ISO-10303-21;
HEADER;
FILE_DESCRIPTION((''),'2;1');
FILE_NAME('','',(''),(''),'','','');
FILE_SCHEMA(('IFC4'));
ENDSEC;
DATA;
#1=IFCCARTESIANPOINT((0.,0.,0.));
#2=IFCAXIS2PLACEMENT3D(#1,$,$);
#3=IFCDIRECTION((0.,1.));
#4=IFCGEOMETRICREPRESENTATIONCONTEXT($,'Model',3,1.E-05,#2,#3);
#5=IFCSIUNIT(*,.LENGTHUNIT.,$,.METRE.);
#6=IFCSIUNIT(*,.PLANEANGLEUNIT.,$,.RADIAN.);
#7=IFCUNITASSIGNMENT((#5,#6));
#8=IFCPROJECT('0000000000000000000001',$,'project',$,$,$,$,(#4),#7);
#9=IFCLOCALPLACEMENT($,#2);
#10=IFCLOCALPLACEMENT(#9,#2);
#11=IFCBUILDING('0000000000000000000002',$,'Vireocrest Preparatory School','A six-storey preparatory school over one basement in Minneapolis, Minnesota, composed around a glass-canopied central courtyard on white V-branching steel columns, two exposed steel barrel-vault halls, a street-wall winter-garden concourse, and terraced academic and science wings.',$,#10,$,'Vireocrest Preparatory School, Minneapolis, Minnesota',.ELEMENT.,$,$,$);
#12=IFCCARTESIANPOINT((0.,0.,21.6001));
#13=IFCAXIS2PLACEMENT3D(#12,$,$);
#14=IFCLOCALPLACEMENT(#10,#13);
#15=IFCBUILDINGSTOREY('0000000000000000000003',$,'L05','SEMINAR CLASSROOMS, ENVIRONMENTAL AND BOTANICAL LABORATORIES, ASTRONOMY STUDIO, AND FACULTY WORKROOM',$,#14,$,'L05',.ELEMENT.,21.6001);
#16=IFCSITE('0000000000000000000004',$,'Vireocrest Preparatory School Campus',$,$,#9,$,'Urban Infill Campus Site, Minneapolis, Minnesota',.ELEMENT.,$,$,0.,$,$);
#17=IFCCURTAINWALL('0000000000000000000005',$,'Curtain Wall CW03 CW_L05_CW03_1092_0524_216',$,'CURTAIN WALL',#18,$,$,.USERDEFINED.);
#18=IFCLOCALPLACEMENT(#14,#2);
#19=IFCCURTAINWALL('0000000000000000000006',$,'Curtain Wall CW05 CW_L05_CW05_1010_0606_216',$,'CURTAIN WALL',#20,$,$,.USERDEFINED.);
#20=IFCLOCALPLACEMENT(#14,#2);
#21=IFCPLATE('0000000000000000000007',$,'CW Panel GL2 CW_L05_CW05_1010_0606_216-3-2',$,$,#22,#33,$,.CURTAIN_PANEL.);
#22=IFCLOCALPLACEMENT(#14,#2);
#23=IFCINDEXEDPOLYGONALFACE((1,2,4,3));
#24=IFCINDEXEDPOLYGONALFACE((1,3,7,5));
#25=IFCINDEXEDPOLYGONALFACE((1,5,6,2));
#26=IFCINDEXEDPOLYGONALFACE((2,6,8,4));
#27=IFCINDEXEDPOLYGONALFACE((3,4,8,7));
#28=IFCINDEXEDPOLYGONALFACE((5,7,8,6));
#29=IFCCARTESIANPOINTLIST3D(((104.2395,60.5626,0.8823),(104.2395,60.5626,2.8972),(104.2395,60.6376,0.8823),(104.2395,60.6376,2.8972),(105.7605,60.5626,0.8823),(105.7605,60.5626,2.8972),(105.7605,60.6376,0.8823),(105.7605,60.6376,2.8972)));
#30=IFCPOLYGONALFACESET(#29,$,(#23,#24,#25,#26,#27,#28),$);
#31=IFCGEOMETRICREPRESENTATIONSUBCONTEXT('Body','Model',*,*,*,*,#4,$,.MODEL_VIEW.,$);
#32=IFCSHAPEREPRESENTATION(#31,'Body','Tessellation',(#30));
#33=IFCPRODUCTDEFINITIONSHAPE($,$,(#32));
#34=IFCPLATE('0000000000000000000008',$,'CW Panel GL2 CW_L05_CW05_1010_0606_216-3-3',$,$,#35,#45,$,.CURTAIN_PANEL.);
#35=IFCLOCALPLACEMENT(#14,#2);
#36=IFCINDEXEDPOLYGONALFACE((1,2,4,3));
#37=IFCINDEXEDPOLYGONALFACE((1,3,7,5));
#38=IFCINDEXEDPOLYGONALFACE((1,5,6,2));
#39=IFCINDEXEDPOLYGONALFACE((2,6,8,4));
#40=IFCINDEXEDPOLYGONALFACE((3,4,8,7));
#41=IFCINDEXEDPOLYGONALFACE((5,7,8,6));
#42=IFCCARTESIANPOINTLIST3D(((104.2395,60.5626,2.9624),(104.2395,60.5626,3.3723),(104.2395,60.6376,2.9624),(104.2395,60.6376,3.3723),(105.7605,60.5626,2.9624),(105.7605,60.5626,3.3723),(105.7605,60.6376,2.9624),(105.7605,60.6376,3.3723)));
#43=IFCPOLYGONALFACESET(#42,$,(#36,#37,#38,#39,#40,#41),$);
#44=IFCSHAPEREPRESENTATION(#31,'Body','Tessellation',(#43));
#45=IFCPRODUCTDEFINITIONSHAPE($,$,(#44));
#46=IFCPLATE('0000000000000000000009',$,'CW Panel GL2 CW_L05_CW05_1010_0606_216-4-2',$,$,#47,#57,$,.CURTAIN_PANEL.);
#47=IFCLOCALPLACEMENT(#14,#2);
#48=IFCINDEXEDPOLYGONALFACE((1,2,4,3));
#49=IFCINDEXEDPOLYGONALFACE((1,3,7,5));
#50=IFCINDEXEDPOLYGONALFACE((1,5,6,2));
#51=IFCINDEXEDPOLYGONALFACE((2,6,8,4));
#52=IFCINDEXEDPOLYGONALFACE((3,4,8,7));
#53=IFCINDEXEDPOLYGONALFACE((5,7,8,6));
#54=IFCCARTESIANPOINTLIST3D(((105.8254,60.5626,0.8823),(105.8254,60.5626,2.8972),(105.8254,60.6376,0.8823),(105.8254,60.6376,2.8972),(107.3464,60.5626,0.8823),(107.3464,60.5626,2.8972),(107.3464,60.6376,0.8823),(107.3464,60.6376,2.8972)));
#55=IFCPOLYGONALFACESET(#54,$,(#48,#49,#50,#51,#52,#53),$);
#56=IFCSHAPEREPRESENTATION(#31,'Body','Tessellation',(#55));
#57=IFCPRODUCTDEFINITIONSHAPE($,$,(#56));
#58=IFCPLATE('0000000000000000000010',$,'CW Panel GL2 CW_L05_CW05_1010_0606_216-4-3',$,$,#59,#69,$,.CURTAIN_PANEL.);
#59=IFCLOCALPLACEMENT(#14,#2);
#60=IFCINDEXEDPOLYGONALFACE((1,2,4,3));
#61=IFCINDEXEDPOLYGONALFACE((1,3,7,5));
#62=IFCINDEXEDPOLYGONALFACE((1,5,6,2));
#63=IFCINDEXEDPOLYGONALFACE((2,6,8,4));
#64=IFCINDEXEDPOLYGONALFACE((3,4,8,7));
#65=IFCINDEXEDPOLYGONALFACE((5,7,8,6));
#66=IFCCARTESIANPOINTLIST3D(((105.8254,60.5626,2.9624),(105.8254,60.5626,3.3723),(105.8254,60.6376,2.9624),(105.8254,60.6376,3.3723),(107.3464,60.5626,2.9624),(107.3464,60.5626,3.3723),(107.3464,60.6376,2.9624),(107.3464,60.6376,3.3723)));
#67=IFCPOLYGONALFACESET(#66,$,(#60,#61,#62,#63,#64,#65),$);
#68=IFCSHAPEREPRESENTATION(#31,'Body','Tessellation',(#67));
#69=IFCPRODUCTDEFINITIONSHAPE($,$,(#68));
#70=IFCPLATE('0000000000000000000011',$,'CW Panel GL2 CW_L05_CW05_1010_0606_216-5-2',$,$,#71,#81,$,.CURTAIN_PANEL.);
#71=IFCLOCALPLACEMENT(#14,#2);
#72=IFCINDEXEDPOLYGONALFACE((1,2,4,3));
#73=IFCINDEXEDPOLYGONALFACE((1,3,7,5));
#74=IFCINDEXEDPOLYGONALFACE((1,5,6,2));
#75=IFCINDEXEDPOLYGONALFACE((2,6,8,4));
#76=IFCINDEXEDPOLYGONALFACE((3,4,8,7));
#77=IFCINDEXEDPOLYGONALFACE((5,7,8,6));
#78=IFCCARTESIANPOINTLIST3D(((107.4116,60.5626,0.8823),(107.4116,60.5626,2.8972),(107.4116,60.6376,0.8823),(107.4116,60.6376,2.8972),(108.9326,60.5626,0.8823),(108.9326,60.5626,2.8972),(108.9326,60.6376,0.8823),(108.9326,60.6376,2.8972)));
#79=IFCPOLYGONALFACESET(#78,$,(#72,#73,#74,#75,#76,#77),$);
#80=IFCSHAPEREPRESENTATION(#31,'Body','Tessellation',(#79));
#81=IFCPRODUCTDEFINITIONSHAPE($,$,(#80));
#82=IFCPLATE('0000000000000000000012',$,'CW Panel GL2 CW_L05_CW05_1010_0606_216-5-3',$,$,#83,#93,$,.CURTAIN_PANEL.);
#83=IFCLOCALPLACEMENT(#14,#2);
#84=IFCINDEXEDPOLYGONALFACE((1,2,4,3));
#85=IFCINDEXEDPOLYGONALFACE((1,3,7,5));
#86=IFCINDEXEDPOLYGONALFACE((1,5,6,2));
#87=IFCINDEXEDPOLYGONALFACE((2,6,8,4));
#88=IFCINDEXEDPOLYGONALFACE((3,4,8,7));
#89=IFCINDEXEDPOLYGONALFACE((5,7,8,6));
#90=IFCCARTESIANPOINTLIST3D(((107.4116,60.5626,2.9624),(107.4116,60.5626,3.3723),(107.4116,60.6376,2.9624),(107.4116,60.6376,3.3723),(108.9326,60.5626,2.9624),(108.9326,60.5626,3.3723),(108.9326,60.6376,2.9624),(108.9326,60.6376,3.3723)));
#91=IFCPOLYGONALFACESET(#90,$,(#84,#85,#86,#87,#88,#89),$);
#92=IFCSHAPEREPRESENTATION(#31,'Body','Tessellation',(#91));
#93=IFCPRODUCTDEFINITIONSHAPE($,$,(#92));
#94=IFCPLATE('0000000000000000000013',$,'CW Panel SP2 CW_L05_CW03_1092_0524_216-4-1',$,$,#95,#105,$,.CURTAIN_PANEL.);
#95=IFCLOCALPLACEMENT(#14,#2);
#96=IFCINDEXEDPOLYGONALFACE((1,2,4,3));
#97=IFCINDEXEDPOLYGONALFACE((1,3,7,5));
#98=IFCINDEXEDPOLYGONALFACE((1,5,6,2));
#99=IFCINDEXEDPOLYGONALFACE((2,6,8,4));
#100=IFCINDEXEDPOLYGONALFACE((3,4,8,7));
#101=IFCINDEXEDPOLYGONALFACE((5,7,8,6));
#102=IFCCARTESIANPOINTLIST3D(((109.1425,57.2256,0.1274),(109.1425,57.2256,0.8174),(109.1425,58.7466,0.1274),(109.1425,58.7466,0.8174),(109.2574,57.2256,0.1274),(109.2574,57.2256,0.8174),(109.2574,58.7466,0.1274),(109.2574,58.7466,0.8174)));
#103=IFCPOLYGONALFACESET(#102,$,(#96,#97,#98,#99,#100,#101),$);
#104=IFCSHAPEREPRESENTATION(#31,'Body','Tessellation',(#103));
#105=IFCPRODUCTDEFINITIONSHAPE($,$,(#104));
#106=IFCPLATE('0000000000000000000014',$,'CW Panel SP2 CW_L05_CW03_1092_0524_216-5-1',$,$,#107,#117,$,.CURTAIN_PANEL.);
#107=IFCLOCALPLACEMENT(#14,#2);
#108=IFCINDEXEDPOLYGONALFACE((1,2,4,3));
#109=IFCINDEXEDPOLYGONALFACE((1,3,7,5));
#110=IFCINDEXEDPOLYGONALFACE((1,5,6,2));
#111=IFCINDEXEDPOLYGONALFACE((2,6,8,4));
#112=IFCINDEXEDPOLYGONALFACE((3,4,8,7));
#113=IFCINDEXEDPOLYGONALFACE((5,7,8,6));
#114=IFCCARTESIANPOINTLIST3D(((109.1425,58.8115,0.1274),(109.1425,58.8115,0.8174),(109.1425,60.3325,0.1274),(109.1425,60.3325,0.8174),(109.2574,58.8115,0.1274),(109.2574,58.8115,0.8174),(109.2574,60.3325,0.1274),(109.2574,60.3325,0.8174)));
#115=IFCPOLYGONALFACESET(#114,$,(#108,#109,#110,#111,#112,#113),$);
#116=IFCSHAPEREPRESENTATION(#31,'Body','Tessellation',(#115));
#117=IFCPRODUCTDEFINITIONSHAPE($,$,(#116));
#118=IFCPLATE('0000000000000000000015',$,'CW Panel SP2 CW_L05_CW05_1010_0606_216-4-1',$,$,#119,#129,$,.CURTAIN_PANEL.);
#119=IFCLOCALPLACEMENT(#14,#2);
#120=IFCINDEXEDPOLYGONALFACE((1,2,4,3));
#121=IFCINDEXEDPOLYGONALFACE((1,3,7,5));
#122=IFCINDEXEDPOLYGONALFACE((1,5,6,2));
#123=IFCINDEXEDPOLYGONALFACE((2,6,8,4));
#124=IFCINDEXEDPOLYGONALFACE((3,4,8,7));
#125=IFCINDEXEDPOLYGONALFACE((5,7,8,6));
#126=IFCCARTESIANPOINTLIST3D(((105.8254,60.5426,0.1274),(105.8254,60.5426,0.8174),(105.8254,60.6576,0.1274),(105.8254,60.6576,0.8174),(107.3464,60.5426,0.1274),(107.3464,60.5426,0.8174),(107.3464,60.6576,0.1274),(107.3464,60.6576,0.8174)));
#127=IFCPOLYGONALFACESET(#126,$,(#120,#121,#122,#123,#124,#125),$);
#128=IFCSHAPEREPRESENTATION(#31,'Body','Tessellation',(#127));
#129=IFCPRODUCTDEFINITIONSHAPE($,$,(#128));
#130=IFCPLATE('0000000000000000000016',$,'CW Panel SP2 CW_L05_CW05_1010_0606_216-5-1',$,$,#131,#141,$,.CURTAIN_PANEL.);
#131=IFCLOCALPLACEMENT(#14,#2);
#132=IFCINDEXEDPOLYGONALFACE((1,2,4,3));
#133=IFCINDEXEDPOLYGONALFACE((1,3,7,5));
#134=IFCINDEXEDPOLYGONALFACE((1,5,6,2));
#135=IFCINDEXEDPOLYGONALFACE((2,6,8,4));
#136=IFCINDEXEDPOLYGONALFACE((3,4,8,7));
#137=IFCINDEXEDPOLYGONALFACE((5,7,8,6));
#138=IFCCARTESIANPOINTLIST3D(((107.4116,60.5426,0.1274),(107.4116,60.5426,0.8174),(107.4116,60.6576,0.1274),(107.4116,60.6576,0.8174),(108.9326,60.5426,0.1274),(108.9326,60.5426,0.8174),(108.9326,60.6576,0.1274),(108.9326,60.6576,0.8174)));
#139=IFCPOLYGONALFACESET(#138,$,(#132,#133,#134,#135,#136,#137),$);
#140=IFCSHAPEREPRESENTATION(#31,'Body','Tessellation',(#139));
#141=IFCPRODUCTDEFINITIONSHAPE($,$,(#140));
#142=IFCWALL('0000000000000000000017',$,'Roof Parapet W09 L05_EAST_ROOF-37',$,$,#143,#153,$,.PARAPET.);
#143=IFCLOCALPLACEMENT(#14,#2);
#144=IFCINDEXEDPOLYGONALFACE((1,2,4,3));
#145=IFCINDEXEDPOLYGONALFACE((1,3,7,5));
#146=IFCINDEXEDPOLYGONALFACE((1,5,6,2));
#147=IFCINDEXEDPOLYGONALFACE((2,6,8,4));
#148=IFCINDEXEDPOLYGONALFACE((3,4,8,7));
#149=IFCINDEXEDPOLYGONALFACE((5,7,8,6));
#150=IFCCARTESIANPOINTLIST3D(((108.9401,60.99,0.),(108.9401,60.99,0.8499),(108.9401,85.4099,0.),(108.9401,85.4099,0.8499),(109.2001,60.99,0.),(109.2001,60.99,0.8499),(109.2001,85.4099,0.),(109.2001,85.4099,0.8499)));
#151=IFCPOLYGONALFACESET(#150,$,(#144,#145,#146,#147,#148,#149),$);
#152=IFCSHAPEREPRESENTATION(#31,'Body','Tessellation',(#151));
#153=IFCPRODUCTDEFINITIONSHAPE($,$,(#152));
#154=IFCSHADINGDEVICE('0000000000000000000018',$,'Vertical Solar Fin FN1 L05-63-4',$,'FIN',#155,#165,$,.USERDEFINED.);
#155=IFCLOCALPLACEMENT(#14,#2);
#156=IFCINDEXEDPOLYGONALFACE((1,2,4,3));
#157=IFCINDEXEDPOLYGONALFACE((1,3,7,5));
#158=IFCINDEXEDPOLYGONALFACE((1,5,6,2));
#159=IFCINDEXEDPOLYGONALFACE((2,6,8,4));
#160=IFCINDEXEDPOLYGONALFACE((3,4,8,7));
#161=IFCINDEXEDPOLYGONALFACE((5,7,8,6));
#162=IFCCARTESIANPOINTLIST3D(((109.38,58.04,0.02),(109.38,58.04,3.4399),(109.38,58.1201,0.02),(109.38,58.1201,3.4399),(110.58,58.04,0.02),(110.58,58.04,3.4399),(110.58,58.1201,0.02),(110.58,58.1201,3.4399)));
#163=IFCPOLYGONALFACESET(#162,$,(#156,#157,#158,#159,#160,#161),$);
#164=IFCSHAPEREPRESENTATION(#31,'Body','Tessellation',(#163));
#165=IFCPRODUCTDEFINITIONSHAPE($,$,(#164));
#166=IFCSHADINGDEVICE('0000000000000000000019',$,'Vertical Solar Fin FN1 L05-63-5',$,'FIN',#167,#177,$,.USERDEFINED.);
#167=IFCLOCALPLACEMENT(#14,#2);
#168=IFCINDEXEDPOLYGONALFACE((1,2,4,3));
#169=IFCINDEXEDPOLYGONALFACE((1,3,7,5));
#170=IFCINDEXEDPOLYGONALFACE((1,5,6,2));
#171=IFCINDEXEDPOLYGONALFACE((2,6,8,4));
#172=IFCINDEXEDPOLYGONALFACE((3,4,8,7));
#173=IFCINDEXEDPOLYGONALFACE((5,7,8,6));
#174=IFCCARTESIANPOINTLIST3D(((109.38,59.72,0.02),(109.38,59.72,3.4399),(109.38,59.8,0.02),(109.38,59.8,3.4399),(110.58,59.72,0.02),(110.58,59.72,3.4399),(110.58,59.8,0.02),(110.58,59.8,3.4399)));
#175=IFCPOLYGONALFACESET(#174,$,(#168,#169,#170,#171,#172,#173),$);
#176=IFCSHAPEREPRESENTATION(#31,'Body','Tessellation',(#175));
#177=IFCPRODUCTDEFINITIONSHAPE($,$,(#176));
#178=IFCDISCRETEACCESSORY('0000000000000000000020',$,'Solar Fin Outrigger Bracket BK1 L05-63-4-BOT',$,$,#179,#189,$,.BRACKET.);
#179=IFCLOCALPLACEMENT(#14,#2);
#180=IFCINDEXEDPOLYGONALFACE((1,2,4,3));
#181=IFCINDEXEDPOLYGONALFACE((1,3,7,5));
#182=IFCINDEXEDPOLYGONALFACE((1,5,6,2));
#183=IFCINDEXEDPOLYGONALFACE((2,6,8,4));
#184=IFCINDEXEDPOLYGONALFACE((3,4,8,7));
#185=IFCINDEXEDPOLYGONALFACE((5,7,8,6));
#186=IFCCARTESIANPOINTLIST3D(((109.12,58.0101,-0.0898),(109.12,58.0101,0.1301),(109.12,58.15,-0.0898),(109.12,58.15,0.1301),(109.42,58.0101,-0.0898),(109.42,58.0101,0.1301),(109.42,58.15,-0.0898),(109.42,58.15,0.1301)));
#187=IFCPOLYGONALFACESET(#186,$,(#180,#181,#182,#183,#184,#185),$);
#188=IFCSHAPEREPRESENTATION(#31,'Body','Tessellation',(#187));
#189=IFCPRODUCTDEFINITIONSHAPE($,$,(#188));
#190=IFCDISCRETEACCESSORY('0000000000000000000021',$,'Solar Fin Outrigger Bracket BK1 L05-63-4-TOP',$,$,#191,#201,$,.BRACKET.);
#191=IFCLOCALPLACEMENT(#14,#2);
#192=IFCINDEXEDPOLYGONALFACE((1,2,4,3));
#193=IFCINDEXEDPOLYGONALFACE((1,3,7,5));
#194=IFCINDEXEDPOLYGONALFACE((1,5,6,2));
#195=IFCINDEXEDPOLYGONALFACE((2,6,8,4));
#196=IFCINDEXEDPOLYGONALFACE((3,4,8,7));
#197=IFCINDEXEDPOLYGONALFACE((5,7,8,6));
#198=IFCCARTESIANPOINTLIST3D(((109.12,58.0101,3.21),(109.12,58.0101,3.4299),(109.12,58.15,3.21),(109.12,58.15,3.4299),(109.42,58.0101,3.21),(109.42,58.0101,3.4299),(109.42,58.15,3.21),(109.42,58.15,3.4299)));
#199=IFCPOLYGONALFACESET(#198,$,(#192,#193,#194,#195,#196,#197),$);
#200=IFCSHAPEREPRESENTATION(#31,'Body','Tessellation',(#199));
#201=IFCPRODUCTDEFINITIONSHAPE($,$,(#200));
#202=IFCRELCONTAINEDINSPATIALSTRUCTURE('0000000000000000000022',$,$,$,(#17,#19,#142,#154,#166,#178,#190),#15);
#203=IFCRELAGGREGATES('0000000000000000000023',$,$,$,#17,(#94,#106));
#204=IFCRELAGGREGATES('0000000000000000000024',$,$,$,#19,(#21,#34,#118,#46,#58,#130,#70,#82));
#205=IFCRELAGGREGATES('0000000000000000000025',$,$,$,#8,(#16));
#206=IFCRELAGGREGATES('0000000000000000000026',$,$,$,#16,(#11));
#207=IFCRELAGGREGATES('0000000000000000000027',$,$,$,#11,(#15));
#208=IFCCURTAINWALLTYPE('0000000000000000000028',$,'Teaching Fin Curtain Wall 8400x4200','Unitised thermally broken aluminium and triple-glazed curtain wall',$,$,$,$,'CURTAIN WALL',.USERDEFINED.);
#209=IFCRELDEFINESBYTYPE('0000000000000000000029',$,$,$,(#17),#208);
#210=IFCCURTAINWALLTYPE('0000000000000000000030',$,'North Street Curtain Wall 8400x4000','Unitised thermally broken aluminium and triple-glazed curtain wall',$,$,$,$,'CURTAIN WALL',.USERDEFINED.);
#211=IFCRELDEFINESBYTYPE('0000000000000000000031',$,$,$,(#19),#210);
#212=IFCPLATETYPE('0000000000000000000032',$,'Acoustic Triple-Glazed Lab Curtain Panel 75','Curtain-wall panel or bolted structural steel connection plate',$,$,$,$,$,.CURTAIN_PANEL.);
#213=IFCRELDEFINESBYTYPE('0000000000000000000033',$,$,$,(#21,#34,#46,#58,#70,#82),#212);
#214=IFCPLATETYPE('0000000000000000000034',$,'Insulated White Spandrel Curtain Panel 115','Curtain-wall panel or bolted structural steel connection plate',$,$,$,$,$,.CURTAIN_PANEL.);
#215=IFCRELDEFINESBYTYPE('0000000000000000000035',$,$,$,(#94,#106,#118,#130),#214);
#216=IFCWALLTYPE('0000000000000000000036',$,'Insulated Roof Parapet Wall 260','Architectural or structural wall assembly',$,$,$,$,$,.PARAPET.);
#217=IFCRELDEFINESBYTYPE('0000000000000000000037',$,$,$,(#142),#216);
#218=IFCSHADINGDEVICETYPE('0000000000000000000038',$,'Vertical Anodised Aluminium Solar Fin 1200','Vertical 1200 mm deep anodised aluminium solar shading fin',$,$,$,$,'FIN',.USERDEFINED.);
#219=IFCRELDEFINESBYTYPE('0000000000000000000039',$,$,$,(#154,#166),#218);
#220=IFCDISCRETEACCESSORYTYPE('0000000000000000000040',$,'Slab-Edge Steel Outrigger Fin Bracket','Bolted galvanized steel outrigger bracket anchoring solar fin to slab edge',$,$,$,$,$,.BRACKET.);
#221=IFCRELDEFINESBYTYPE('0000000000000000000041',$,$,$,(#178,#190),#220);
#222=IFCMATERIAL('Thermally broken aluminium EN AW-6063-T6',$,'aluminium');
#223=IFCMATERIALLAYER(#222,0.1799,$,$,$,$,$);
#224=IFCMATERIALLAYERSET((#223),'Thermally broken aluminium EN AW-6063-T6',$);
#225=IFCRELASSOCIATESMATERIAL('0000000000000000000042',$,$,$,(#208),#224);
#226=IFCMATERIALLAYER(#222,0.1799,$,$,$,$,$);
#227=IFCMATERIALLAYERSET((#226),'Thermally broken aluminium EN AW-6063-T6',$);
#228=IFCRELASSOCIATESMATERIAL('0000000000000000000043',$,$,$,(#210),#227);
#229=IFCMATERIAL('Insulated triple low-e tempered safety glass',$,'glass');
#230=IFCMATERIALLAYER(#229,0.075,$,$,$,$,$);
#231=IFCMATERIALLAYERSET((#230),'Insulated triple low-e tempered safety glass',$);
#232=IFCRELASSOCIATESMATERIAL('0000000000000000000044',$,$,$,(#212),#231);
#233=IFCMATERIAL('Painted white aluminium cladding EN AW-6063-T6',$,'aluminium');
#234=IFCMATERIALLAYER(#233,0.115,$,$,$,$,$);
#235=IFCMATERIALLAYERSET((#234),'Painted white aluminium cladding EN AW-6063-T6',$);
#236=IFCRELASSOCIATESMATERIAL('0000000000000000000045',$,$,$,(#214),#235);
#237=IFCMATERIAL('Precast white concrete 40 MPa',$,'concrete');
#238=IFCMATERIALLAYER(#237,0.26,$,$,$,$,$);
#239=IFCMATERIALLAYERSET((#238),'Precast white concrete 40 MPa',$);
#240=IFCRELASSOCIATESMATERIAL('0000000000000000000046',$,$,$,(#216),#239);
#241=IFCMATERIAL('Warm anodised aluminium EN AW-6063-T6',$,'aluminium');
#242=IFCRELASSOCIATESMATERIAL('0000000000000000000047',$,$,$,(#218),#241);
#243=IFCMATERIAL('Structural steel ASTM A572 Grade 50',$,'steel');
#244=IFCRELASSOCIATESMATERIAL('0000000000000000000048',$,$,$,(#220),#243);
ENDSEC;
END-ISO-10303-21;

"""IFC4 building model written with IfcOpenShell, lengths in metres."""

from ifc_helpers import new_model, si_unit, direction, frame, frame_2d, origin, origin_2d, place, context, subcontext, project, spatial, rectangle, extrude, material, layer, layer_set, material_profile, profile_set, type_object, element, aggregate, save


model = new_model("IFC4")

# Units and contexts
model_context = context("Model", 3, precision=1e-05, world=origin(), true_north=direction((0.0, 1.0)))
body_context = subcontext(model_context, "Body", "Model", "MODEL_VIEW")
ifc_project = project(units=[si_unit("LENGTHUNIT", "METRE"), si_unit("PLANEANGLEUNIT", "RADIAN")], contexts=[model_context])

# Site, building, storey
site_placement = place(None, origin())
site = spatial("IfcSite", under=ifc_project, at=site_placement, Name="Vireocrest Preparatory School Campus", LongName="Urban Infill Campus Site, Minneapolis, Minnesota", CompositionType="ELEMENT", RefElevation=0.0)
building_placement = place(site_placement, origin())
building = spatial("IfcBuilding", under=site, at=building_placement, Name="Vireocrest Preparatory School", Description="A six-storey preparatory school over one basement in Minneapolis, Minnesota, composed around a glass-canopied central courtyard on white V-branching steel columns, two exposed steel barrel-vault halls, a street-wall winter-garden concourse, and terraced academic and science wings.", LongName="Vireocrest Preparatory School, Minneapolis, Minnesota", CompositionType="ELEMENT")
storey_placement = place(building_placement, frame((0.0, 0.0, 21.6001)))
storey = spatial("IfcBuildingStorey", under=building, at=storey_placement, Name="L05", Description="SEMINAR CLASSROOMS, ENVIRONMENTAL AND BOTANICAL LABORATORIES, ASTRONOMY STUDIO, AND FACULTY WORKROOM", LongName="L05", CompositionType="ELEMENT", Elevation=21.6001)

# Curtain walls
ifc_material_1 = material(Name="Thermally broken aluminium EN AW-6063-T6", Category="aluminium")
ifc_layer_1 = layer(ifc_material_1, 0.1799)
ifc_layer_set_1 = layer_set([ifc_layer_1], Name="Thermally broken aluminium EN AW-6063-T6")
curtain_wall_type_1 = type_object("IfcCurtainWallType", Name="Teaching Fin Curtain Wall 8400x4200", Description="Unitised thermally broken aluminium and triple-glazed curtain wall", ElementType="CURTAIN WALL", PredefinedType="USERDEFINED", material=ifc_layer_set_1)
curtain_wall_1_placement = place(storey_placement, origin())
curtain_wall_1 = element("IfcCurtainWall", 1, at=curtain_wall_1_placement, inside=storey, type_object=curtain_wall_type_1, Name="Curtain Wall CW03 CW_L05_CW03_1092_0524_216", ObjectType="CURTAIN WALL", PredefinedType="USERDEFINED")
ifc_layer_2 = layer(ifc_material_1, 0.1799)
ifc_layer_set_2 = layer_set([ifc_layer_2], Name="Thermally broken aluminium EN AW-6063-T6")
curtain_wall_type_2 = type_object("IfcCurtainWallType", Name="North Street Curtain Wall 8400x4000", Description="Unitised thermally broken aluminium and triple-glazed curtain wall", ElementType="CURTAIN WALL", PredefinedType="USERDEFINED", material=ifc_layer_set_2)
curtain_wall_2_placement = place(storey_placement, origin())
curtain_wall_2 = element("IfcCurtainWall", 2, at=curtain_wall_2_placement, inside=storey, type_object=curtain_wall_type_2, Name="Curtain Wall CW05 CW_L05_CW05_1010_0606_216", ObjectType="CURTAIN WALL", PredefinedType="USERDEFINED")

# Plates
ifc_material_2 = material(Name="Insulated triple low-e tempered safety glass", Category="glass")
ifc_layer_3 = layer(ifc_material_2, 0.075)
ifc_layer_set_3 = layer_set([ifc_layer_3], Name="Insulated triple low-e tempered safety glass")
plate_type_1 = type_object("IfcPlateType", Name="Acoustic Triple-Glazed Lab Curtain Panel 75", Description="Curtain-wall panel or bolted structural steel connection plate", PredefinedType="CURTAIN_PANEL", material=ifc_layer_set_3)
plate_1_placement = place(storey_placement, frame((105.0, 60.6001, 0.8823), z_axis=(0.0, 0.0, 1.0), x_axis=(1.0, 0.0, 0.0)))
plate_1 = element("IfcPlate", 3, at=plate_1_placement, type_object=plate_type_1, Name="CW Panel GL2 CW_L05_CW05_1010_0606_216-3-2", PredefinedType="CURTAIN_PANEL", context=body_context, shape_type="SweptSolid", body=[
    extrude(rectangle(XDim=1.521, YDim=0.075, at=origin_2d()), origin(), (0.0, 0.0, 1.0), 2.0149),
])
plate_2_placement = place(storey_placement, frame((105.0, 60.6001, 2.9624), z_axis=(0.0, 0.0, 1.0), x_axis=(1.0, 0.0, 0.0)))
plate_2 = element("IfcPlate", 4, at=plate_2_placement, type_object=plate_type_1, Name="CW Panel GL2 CW_L05_CW05_1010_0606_216-3-3", PredefinedType="CURTAIN_PANEL", context=body_context, shape_type="SweptSolid", body=[
    extrude(rectangle(XDim=1.521, YDim=0.075, at=origin_2d()), origin(), (0.0, 0.0, 1.0), 0.4099),
])
plate_3_placement = place(storey_placement, frame((106.5859, 60.6001, 0.8823), z_axis=(0.0, 0.0, 1.0), x_axis=(1.0, 0.0, 0.0)))
plate_3 = element("IfcPlate", 5, at=plate_3_placement, type_object=plate_type_1, Name="CW Panel GL2 CW_L05_CW05_1010_0606_216-4-2", PredefinedType="CURTAIN_PANEL", context=body_context, shape_type="SweptSolid", body=[
    extrude(rectangle(XDim=1.521, YDim=0.075, at=origin_2d()), origin(), (0.0, 0.0, 1.0), 2.0149),
])
plate_4_placement = place(storey_placement, frame((106.5859, 60.6001, 2.9624), z_axis=(0.0, 0.0, 1.0), x_axis=(1.0, 0.0, 0.0)))
plate_4 = element("IfcPlate", 6, at=plate_4_placement, type_object=plate_type_1, Name="CW Panel GL2 CW_L05_CW05_1010_0606_216-4-3", PredefinedType="CURTAIN_PANEL", context=body_context, shape_type="SweptSolid", body=[
    extrude(rectangle(XDim=1.521, YDim=0.075, at=origin_2d()), origin(), (0.0, 0.0, 1.0), 0.4099),
])
plate_5_placement = place(storey_placement, frame((108.1721, 60.6001, 0.8823), z_axis=(0.0, 0.0, 1.0), x_axis=(1.0, 0.0, 0.0)))
plate_5 = element("IfcPlate", 7, at=plate_5_placement, type_object=plate_type_1, Name="CW Panel GL2 CW_L05_CW05_1010_0606_216-5-2", PredefinedType="CURTAIN_PANEL", context=body_context, shape_type="SweptSolid", body=[
    extrude(rectangle(XDim=1.521, YDim=0.075, at=origin_2d()), origin(), (0.0, 0.0, 1.0), 2.0149),
])
plate_6_placement = place(storey_placement, frame((108.1721, 60.6001, 2.9624), z_axis=(0.0, 0.0, 1.0), x_axis=(1.0, 0.0, 0.0)))
plate_6 = element("IfcPlate", 8, at=plate_6_placement, type_object=plate_type_1, Name="CW Panel GL2 CW_L05_CW05_1010_0606_216-5-3", PredefinedType="CURTAIN_PANEL", context=body_context, shape_type="SweptSolid", body=[
    extrude(rectangle(XDim=1.521, YDim=0.075, at=origin_2d()), origin(), (0.0, 0.0, 1.0), 0.4099),
])
ifc_material_3 = material(Name="Painted white aluminium cladding EN AW-6063-T6", Category="aluminium")
ifc_layer_4 = layer(ifc_material_3, 0.115)
ifc_layer_set_4 = layer_set([ifc_layer_4], Name="Painted white aluminium cladding EN AW-6063-T6")
plate_type_2 = type_object("IfcPlateType", Name="Insulated White Spandrel Curtain Panel 115", Description="Curtain-wall panel or bolted structural steel connection plate", PredefinedType="CURTAIN_PANEL", material=ifc_layer_set_4)
plate_7_placement = place(storey_placement, frame((109.2, 57.9861, 0.1274), z_axis=(0.0, 0.0, 1.0), x_axis=(0.0, 1.0, 0.0)))
plate_7 = element("IfcPlate", 9, at=plate_7_placement, type_object=plate_type_2, Name="CW Panel SP2 CW_L05_CW03_1092_0524_216-4-1", PredefinedType="CURTAIN_PANEL", context=body_context, shape_type="SweptSolid", body=[
    extrude(rectangle(XDim=1.521, YDim=0.115, at=origin_2d()), origin(), (0.0, 0.0, 1.0), 0.6899),
])
plate_8_placement = place(storey_placement, frame((109.2, 59.572, 0.1274), z_axis=(0.0, 0.0, 1.0), x_axis=(0.0, 1.0, 0.0)))
plate_8 = element("IfcPlate", 10, at=plate_8_placement, type_object=plate_type_2, Name="CW Panel SP2 CW_L05_CW03_1092_0524_216-5-1", PredefinedType="CURTAIN_PANEL", context=body_context, shape_type="SweptSolid", body=[
    extrude(rectangle(XDim=1.521, YDim=0.115, at=origin_2d()), origin(), (0.0, 0.0, 1.0), 0.6899),
])
aggregate(curtain_wall_1, [plate_7, plate_8])
plate_9_placement = place(storey_placement, frame((106.5859, 60.6001, 0.1274), z_axis=(0.0, 0.0, 1.0), x_axis=(1.0, 0.0, 0.0)))
plate_9 = element("IfcPlate", 11, at=plate_9_placement, type_object=plate_type_2, Name="CW Panel SP2 CW_L05_CW05_1010_0606_216-4-1", PredefinedType="CURTAIN_PANEL", context=body_context, shape_type="SweptSolid", body=[
    extrude(rectangle(XDim=1.521, YDim=0.115, at=origin_2d()), origin(), (0.0, 0.0, 1.0), 0.6899),
])
plate_10_placement = place(storey_placement, frame((108.1721, 60.6001, 0.1274), z_axis=(0.0, 0.0, 1.0), x_axis=(1.0, 0.0, 0.0)))
plate_10 = element("IfcPlate", 12, at=plate_10_placement, type_object=plate_type_2, Name="CW Panel SP2 CW_L05_CW05_1010_0606_216-5-1", PredefinedType="CURTAIN_PANEL", context=body_context, shape_type="SweptSolid", body=[
    extrude(rectangle(XDim=1.521, YDim=0.115, at=origin_2d()), origin(), (0.0, 0.0, 1.0), 0.6899),
])
aggregate(curtain_wall_2, [plate_1, plate_2, plate_9, plate_3, plate_4, plate_10, plate_5, plate_6])

# Wall
ifc_material_4 = material(Name="Precast white concrete 40 MPa", Category="concrete")
ifc_layer_5 = layer(ifc_material_4, 0.26)
ifc_layer_set_5 = layer_set([ifc_layer_5], Name="Precast white concrete 40 MPa")
wall_type = type_object("IfcWallType", Name="Insulated Roof Parapet Wall 260", Description="Architectural or structural wall assembly", PredefinedType="PARAPET", material=ifc_layer_set_5)
wall_placement = place(storey_placement, frame((109.0701, 60.99, 0.0), z_axis=(0.0, 0.0, 1.0), x_axis=(0.0, 1.0, 0.0)))
element("IfcWall", 13, at=wall_placement, inside=storey, type_object=wall_type, Name="Roof Parapet W09 L05_EAST_ROOF-37", PredefinedType="PARAPET", context=body_context, shape_type="SweptSolid", body=[
    extrude(rectangle(XDim=24.4199, YDim=0.26, at=frame_2d((12.21, 0.0))), origin(), (0.0, 0.0, 1.0), 0.8499),
])

# Shading devices
ifc_material_5 = material(Name="Warm anodised aluminium EN AW-6063-T6", Category="aluminium")
ifc_material_profile_1 = material_profile(ifc_material_5, rectangle(XDim=0.0801, YDim=1.2, at=origin_2d()), Name="FIN 80x1200")
ifc_profile_set_1 = profile_set([ifc_material_profile_1], Name="Warm anodised aluminium EN AW-6063-T6")
shading_device_type = type_object("IfcShadingDeviceType", Name="Vertical Anodised Aluminium Solar Fin 1200", Description="Vertical 1200 mm deep anodised aluminium solar shading fin", ElementType="FIN", PredefinedType="USERDEFINED", material=ifc_profile_set_1)
for number, where, z_axis, x_axis, name in (
    (14, (109.98, 58.0801, 0.02), (0.0, 0.0, 1.0), (0.0, -1.0, 0.0), "Vertical Solar Fin FN1 L05-63-4"),
    (15, (109.98, 59.76, 0.02), (0.0, 0.0, 1.0), (0.0, -1.0, 0.0), "Vertical Solar Fin FN1 L05-63-5"),
):
    element("IfcShadingDevice", number, at=place(storey_placement, frame(where, z_axis=z_axis, x_axis=x_axis)), inside=storey, type_object=shading_device_type, Name=name, ObjectType="FIN", PredefinedType="USERDEFINED", context=body_context, shape_type="SweptSolid", body=[
        extrude(rectangle(XDim=0.0801, YDim=1.2, at=origin_2d()), origin(), (0.0, 0.0, 1.0), 3.4199),
    ])

# Discrete accessories
ifc_material_6 = material(Name="Structural steel ASTM A572 Grade 50", Category="steel")
discrete_accessory_type = type_object("IfcDiscreteAccessoryType", Name="Slab-Edge Steel Outrigger Fin Bracket", Description="Bolted galvanized steel outrigger bracket anchoring solar fin to slab edge", PredefinedType="BRACKET", material=ifc_material_6)
for number, where, z_axis, x_axis, name in (
    (16, (109.27, 58.0801, -0.0898), (0.0, 0.0, 1.0), (0.0, -1.0, 0.0), "Solar Fin Outrigger Bracket BK1 L05-63-4-BOT"),
    (17, (109.27, 58.0801, 3.21), (0.0, 0.0, 1.0), (0.0, -1.0, 0.0), "Solar Fin Outrigger Bracket BK1 L05-63-4-TOP"),
):
    element("IfcDiscreteAccessory", number, at=place(storey_placement, frame(where, z_axis=z_axis, x_axis=x_axis)), inside=storey, type_object=discrete_accessory_type, Name=name, PredefinedType="BRACKET", context=body_context, shape_type="SweptSolid", body=[
        extrude(rectangle(XDim=0.1399, YDim=0.3, at=origin_2d()), origin(), (0.0, 0.0, 1.0), 0.22),
    ])

save(model, "model.ifc")
